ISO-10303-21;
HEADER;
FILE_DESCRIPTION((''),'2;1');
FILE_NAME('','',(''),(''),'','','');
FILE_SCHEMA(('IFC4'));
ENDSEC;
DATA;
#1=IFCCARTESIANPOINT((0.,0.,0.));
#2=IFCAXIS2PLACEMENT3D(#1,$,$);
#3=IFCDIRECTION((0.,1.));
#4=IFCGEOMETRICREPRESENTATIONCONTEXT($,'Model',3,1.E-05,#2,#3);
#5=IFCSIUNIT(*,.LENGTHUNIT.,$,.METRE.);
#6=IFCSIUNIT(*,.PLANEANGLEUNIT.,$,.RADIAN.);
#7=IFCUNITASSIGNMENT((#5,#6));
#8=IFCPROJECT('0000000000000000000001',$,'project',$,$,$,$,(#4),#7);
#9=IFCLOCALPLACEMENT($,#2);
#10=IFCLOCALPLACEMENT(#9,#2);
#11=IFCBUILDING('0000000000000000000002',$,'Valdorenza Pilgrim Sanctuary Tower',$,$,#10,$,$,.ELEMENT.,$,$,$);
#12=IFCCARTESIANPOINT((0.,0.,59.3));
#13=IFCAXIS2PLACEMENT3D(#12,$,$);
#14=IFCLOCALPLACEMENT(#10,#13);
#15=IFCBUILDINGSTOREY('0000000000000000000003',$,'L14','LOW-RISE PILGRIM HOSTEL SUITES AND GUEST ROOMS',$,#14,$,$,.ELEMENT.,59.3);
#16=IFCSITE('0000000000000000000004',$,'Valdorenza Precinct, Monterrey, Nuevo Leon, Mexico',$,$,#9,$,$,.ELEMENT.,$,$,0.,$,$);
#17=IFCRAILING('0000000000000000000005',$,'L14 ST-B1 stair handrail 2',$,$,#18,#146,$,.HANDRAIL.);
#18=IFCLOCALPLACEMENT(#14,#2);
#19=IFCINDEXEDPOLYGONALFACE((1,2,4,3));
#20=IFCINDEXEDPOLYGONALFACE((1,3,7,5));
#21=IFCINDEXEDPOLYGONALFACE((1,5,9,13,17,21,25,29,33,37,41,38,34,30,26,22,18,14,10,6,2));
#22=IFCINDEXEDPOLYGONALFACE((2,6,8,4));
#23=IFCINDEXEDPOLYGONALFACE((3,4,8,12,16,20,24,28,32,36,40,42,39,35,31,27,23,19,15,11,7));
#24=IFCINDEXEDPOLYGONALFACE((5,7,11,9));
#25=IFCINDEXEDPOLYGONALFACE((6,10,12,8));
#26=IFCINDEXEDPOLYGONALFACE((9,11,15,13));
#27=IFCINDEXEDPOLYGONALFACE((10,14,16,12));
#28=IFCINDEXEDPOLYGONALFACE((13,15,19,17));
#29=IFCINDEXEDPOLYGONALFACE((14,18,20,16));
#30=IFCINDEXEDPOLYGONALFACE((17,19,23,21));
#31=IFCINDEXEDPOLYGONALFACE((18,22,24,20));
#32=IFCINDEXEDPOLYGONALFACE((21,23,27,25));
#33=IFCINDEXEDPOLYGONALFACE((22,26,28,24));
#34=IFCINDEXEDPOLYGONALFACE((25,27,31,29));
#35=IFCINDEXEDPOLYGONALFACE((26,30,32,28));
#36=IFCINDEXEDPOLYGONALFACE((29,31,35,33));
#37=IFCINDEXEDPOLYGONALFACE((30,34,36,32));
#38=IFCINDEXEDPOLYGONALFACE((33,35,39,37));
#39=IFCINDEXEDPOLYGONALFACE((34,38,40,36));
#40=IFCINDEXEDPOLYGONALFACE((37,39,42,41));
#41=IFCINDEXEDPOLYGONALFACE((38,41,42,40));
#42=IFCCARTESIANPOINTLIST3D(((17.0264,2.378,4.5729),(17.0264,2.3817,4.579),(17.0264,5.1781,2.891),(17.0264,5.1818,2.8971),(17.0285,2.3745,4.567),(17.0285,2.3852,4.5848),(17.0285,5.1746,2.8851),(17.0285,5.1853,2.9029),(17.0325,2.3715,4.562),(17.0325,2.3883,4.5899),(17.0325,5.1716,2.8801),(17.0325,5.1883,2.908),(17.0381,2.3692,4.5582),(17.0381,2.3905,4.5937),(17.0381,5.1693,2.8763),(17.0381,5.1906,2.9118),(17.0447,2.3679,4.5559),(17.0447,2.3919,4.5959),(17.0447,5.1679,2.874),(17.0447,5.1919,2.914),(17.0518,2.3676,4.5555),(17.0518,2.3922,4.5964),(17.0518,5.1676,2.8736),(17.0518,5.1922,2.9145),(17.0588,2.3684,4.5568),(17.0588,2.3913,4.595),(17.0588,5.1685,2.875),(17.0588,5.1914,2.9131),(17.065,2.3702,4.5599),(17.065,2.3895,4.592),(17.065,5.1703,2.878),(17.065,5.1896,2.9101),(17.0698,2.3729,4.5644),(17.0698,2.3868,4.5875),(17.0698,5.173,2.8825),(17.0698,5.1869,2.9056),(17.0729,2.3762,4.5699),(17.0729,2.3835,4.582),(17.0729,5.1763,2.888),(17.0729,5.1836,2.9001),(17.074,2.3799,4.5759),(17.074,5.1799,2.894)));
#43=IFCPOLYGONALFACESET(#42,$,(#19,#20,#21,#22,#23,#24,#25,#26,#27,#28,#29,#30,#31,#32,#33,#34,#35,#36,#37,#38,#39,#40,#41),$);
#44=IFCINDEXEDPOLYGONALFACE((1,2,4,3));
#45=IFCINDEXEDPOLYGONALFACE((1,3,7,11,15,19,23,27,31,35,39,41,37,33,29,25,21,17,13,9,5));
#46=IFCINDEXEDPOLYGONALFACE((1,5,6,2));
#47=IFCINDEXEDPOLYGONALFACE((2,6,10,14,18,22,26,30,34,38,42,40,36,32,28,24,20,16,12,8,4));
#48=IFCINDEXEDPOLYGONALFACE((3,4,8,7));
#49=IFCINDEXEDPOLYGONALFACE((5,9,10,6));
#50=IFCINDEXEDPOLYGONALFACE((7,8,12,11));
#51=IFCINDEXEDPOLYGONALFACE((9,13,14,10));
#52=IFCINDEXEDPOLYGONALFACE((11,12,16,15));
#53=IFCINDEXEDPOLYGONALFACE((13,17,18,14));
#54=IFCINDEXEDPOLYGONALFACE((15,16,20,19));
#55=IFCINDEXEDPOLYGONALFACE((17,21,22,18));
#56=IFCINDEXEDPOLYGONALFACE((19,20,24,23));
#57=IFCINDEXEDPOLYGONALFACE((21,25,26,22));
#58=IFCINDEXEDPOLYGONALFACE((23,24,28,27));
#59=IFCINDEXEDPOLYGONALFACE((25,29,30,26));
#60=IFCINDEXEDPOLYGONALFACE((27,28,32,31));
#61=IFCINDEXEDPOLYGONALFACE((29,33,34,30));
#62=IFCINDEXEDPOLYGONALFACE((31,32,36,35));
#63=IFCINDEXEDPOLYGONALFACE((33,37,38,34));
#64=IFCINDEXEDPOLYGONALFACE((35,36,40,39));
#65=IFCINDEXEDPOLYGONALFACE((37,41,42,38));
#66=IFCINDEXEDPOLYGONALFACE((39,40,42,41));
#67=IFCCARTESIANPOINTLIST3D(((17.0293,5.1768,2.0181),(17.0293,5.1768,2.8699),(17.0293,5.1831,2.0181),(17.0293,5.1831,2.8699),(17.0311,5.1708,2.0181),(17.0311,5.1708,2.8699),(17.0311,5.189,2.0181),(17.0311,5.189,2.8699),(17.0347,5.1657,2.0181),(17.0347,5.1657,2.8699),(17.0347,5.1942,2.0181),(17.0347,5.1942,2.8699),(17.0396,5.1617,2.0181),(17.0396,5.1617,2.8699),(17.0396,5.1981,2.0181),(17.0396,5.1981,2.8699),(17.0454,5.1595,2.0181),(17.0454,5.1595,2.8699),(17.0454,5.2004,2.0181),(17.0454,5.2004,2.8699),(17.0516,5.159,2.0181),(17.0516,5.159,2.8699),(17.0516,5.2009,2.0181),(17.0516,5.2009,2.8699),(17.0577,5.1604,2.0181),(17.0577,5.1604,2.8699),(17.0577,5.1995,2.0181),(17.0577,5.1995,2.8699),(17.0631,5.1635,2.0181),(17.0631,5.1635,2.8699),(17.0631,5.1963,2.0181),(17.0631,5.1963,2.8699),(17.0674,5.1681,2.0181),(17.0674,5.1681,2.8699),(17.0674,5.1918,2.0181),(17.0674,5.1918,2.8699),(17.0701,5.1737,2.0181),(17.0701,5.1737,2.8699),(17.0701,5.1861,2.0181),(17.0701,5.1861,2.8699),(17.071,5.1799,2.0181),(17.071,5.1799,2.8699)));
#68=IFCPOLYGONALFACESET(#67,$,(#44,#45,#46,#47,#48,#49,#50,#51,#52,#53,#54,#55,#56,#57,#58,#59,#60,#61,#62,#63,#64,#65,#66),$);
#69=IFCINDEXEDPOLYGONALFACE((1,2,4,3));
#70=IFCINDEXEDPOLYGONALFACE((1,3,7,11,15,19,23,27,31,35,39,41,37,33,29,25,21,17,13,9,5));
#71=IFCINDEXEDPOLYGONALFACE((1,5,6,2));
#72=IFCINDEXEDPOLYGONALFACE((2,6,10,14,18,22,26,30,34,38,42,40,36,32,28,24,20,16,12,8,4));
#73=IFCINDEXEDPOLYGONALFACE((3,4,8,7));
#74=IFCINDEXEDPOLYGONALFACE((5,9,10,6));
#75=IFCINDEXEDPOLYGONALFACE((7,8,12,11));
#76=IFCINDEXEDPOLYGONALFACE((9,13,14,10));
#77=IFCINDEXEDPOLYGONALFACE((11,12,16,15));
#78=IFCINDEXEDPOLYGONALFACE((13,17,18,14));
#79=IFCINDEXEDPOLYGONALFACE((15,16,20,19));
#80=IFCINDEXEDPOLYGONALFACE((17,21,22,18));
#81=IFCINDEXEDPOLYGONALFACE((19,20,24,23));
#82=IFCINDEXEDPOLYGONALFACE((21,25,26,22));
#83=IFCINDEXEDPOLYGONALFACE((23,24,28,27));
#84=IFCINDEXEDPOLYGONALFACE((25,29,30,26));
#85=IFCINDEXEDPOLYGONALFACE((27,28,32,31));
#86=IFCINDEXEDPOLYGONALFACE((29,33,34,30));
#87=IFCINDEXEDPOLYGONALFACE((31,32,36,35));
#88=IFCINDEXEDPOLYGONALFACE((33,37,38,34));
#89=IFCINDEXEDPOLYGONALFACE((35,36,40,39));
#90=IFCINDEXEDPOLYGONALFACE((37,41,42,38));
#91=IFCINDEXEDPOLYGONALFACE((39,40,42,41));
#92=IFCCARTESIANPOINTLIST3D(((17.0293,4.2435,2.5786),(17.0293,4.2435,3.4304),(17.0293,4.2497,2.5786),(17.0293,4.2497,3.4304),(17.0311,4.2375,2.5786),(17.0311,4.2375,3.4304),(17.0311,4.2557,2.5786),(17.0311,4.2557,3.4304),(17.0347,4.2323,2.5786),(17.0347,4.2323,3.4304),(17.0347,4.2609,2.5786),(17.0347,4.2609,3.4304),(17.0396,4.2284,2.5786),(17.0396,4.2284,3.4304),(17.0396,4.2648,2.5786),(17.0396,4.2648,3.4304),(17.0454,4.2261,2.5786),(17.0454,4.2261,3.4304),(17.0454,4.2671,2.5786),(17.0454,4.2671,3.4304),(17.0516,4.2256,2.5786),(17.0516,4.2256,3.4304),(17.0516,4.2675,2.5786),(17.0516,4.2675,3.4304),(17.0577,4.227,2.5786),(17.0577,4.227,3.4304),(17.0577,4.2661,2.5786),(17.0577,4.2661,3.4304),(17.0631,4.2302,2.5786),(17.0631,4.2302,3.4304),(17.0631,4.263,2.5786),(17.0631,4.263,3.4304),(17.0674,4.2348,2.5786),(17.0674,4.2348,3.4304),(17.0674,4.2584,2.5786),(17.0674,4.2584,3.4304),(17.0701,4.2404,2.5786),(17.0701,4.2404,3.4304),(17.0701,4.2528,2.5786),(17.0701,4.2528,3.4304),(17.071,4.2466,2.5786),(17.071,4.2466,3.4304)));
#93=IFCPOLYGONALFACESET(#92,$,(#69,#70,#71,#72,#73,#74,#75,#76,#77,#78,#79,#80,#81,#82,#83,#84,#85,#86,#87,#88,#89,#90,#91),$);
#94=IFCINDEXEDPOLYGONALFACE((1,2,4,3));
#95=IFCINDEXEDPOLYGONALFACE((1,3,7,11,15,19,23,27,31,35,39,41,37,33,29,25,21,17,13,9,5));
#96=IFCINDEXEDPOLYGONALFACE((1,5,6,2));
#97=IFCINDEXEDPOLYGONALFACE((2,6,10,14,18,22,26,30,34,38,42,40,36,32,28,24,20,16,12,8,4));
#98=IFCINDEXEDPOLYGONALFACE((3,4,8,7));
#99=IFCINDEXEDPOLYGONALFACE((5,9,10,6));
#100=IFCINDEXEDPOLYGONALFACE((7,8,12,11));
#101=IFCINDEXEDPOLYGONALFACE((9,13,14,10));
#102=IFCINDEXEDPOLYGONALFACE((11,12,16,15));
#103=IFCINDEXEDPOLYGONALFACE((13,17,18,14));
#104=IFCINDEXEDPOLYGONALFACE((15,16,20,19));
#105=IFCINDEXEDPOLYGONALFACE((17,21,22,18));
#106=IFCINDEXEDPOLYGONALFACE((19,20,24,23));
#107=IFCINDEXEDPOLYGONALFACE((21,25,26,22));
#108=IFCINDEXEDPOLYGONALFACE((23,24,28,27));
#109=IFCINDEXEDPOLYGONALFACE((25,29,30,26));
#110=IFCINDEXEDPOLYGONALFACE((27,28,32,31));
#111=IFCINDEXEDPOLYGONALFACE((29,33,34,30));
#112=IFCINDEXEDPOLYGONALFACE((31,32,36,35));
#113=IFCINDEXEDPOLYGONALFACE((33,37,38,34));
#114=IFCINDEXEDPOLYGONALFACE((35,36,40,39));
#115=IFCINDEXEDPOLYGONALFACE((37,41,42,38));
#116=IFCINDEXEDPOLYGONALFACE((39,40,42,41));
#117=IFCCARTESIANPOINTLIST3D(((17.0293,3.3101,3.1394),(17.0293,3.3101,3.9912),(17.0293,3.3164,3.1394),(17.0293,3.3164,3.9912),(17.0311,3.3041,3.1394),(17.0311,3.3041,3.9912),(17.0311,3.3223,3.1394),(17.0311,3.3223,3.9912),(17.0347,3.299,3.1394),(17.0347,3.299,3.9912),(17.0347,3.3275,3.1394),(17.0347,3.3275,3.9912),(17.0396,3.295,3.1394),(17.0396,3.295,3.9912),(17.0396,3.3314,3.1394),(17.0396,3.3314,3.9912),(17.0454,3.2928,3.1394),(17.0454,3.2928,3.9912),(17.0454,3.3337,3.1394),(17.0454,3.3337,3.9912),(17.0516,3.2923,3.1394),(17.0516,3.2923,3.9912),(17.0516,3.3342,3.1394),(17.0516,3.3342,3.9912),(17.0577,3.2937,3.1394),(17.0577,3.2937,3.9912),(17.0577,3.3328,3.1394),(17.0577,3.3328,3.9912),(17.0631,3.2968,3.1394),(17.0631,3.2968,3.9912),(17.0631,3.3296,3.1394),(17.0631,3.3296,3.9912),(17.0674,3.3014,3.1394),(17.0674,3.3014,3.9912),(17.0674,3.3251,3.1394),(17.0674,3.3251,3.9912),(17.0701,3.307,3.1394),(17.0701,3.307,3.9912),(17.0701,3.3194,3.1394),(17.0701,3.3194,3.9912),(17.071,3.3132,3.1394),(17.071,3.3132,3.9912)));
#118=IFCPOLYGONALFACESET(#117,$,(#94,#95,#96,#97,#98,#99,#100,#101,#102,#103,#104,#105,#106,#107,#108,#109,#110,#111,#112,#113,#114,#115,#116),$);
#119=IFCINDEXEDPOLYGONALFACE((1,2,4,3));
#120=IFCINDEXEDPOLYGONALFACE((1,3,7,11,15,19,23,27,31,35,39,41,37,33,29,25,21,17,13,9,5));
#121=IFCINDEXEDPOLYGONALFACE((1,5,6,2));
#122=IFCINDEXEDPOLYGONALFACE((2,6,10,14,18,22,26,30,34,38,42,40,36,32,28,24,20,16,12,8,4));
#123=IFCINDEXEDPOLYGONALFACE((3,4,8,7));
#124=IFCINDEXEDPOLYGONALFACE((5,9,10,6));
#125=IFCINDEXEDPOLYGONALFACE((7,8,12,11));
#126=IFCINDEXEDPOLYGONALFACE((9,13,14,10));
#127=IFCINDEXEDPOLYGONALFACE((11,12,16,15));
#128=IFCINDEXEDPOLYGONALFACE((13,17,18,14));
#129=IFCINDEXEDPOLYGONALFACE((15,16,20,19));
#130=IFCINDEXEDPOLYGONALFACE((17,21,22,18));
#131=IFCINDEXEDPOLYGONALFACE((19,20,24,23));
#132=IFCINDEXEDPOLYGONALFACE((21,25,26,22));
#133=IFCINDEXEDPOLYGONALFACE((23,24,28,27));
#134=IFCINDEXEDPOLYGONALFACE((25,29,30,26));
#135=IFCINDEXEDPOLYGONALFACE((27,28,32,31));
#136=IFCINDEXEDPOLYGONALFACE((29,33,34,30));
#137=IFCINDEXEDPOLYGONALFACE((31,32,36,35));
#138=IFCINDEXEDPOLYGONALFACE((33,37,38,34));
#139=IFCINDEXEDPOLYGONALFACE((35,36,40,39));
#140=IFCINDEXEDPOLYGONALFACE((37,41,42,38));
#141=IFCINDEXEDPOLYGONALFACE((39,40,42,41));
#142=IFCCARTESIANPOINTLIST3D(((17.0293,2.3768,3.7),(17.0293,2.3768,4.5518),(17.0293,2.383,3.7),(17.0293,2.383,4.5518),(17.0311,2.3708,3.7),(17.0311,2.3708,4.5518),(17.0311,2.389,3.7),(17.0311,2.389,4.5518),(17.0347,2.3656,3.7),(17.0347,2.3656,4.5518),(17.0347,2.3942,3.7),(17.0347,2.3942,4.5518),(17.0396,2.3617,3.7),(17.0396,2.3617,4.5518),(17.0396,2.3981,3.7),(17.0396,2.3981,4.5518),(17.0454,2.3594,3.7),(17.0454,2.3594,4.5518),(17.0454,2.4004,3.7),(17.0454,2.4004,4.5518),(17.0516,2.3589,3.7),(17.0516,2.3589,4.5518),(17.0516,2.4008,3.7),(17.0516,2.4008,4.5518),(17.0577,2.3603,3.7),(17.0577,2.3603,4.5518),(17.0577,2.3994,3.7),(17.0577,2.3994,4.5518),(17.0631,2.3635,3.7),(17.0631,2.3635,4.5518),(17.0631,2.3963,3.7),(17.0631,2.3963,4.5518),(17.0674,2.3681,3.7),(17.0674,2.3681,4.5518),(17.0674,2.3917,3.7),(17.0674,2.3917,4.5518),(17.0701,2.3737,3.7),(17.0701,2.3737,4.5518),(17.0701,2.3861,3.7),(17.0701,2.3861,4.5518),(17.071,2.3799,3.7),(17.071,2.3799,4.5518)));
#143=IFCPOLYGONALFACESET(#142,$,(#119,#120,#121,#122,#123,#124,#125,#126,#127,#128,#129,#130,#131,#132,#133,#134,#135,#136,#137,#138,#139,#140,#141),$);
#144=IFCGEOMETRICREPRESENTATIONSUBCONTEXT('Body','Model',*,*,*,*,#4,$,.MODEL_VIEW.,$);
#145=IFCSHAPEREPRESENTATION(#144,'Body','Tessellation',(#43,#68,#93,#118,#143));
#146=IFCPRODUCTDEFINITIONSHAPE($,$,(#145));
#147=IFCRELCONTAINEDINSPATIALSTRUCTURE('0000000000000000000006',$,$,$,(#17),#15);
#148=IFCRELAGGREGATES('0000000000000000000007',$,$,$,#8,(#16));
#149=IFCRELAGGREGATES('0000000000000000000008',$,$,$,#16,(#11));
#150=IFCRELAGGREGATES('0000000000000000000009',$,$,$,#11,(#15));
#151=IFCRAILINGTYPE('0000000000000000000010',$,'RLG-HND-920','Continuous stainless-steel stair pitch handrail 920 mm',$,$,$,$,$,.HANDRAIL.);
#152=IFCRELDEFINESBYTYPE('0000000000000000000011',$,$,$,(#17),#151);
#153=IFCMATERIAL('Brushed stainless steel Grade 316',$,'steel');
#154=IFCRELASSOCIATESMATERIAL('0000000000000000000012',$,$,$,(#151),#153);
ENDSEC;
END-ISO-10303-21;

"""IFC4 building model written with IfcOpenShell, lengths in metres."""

from ifc_helpers import new_model, si_unit, direction, frame, origin, origin_2d, place, context, subcontext, project, spatial, circle, extrude, material, type_object, element, save


model = new_model("IFC4")

# Units and contexts
model_context = context("Model", 3, precision=1e-05, world=origin(), true_north=direction((0.0, 1.0)))
body_context = subcontext(model_context, "Body", "Model", "MODEL_VIEW")
ifc_project = project(units=[si_unit("LENGTHUNIT", "METRE"), si_unit("PLANEANGLEUNIT", "RADIAN")], contexts=[model_context])

# Site, building, storey
site_placement = place(None, origin())
site = spatial("IfcSite", under=ifc_project, at=site_placement, Name="Valdorenza Precinct, Monterrey, Nuevo Leon, Mexico", CompositionType="ELEMENT", RefElevation=0.0)
building_placement = place(site_placement, origin())
building = spatial("IfcBuilding", under=site, at=building_placement, Name="Valdorenza Pilgrim Sanctuary Tower", CompositionType="ELEMENT")
storey_placement = place(building_placement, frame((0.0, 0.0, 59.3)))
storey = spatial("IfcBuildingStorey", under=building, at=storey_placement, Name="L14", Description="LOW-RISE PILGRIM HOSTEL SUITES AND GUEST ROOMS", CompositionType="ELEMENT", Elevation=59.3)

# Railing
ifc_material_1 = material(Name="Brushed stainless steel Grade 316", Category="steel")
railing_type_1 = type_object("IfcRailingType", Name="RLG-HND-920", Description="Continuous stainless-steel stair pitch handrail 920 mm", PredefinedType="HANDRAIL", material=ifc_material_1)
railing_1_placement = place(storey_placement, frame((17.05, 5.1799, 2.0181)))
element("IfcRailing", 1, at=railing_1_placement, inside=storey, type_object=railing_type_1, Name="L14 ST-B1 stair handrail 2", PredefinedType="HANDRAIL", context=body_context, shape_type="SweptSolid", body=[
    extrude(circle(Radius=0.0239, at=origin_2d()), frame((0.0, 0.0, 0.876), z_axis=(0.0, -0.857242, 0.514913), x_axis=(1.0, 0.0, 0.0)), (0.0, 0.0, 1.0), 3.2664),
    extrude(circle(Radius=0.021, at=origin_2d()), origin(), (0.0, 0.0, 1.0), 0.8518),
    extrude(circle(Radius=0.021, at=origin_2d()), frame((0.0, -0.9333, 0.5605)), (0.0, 0.0, 1.0), 0.8518),
    extrude(circle(Radius=0.021, at=origin_2d()), frame((0.0, -1.8667, 1.1213)), (0.0, 0.0, 1.0), 0.8518),
    extrude(circle(Radius=0.021, at=origin_2d()), frame((0.0, -2.8, 1.6819)), (0.0, 0.0, 1.0), 0.8518),
])

save(model, "model.ifc")
